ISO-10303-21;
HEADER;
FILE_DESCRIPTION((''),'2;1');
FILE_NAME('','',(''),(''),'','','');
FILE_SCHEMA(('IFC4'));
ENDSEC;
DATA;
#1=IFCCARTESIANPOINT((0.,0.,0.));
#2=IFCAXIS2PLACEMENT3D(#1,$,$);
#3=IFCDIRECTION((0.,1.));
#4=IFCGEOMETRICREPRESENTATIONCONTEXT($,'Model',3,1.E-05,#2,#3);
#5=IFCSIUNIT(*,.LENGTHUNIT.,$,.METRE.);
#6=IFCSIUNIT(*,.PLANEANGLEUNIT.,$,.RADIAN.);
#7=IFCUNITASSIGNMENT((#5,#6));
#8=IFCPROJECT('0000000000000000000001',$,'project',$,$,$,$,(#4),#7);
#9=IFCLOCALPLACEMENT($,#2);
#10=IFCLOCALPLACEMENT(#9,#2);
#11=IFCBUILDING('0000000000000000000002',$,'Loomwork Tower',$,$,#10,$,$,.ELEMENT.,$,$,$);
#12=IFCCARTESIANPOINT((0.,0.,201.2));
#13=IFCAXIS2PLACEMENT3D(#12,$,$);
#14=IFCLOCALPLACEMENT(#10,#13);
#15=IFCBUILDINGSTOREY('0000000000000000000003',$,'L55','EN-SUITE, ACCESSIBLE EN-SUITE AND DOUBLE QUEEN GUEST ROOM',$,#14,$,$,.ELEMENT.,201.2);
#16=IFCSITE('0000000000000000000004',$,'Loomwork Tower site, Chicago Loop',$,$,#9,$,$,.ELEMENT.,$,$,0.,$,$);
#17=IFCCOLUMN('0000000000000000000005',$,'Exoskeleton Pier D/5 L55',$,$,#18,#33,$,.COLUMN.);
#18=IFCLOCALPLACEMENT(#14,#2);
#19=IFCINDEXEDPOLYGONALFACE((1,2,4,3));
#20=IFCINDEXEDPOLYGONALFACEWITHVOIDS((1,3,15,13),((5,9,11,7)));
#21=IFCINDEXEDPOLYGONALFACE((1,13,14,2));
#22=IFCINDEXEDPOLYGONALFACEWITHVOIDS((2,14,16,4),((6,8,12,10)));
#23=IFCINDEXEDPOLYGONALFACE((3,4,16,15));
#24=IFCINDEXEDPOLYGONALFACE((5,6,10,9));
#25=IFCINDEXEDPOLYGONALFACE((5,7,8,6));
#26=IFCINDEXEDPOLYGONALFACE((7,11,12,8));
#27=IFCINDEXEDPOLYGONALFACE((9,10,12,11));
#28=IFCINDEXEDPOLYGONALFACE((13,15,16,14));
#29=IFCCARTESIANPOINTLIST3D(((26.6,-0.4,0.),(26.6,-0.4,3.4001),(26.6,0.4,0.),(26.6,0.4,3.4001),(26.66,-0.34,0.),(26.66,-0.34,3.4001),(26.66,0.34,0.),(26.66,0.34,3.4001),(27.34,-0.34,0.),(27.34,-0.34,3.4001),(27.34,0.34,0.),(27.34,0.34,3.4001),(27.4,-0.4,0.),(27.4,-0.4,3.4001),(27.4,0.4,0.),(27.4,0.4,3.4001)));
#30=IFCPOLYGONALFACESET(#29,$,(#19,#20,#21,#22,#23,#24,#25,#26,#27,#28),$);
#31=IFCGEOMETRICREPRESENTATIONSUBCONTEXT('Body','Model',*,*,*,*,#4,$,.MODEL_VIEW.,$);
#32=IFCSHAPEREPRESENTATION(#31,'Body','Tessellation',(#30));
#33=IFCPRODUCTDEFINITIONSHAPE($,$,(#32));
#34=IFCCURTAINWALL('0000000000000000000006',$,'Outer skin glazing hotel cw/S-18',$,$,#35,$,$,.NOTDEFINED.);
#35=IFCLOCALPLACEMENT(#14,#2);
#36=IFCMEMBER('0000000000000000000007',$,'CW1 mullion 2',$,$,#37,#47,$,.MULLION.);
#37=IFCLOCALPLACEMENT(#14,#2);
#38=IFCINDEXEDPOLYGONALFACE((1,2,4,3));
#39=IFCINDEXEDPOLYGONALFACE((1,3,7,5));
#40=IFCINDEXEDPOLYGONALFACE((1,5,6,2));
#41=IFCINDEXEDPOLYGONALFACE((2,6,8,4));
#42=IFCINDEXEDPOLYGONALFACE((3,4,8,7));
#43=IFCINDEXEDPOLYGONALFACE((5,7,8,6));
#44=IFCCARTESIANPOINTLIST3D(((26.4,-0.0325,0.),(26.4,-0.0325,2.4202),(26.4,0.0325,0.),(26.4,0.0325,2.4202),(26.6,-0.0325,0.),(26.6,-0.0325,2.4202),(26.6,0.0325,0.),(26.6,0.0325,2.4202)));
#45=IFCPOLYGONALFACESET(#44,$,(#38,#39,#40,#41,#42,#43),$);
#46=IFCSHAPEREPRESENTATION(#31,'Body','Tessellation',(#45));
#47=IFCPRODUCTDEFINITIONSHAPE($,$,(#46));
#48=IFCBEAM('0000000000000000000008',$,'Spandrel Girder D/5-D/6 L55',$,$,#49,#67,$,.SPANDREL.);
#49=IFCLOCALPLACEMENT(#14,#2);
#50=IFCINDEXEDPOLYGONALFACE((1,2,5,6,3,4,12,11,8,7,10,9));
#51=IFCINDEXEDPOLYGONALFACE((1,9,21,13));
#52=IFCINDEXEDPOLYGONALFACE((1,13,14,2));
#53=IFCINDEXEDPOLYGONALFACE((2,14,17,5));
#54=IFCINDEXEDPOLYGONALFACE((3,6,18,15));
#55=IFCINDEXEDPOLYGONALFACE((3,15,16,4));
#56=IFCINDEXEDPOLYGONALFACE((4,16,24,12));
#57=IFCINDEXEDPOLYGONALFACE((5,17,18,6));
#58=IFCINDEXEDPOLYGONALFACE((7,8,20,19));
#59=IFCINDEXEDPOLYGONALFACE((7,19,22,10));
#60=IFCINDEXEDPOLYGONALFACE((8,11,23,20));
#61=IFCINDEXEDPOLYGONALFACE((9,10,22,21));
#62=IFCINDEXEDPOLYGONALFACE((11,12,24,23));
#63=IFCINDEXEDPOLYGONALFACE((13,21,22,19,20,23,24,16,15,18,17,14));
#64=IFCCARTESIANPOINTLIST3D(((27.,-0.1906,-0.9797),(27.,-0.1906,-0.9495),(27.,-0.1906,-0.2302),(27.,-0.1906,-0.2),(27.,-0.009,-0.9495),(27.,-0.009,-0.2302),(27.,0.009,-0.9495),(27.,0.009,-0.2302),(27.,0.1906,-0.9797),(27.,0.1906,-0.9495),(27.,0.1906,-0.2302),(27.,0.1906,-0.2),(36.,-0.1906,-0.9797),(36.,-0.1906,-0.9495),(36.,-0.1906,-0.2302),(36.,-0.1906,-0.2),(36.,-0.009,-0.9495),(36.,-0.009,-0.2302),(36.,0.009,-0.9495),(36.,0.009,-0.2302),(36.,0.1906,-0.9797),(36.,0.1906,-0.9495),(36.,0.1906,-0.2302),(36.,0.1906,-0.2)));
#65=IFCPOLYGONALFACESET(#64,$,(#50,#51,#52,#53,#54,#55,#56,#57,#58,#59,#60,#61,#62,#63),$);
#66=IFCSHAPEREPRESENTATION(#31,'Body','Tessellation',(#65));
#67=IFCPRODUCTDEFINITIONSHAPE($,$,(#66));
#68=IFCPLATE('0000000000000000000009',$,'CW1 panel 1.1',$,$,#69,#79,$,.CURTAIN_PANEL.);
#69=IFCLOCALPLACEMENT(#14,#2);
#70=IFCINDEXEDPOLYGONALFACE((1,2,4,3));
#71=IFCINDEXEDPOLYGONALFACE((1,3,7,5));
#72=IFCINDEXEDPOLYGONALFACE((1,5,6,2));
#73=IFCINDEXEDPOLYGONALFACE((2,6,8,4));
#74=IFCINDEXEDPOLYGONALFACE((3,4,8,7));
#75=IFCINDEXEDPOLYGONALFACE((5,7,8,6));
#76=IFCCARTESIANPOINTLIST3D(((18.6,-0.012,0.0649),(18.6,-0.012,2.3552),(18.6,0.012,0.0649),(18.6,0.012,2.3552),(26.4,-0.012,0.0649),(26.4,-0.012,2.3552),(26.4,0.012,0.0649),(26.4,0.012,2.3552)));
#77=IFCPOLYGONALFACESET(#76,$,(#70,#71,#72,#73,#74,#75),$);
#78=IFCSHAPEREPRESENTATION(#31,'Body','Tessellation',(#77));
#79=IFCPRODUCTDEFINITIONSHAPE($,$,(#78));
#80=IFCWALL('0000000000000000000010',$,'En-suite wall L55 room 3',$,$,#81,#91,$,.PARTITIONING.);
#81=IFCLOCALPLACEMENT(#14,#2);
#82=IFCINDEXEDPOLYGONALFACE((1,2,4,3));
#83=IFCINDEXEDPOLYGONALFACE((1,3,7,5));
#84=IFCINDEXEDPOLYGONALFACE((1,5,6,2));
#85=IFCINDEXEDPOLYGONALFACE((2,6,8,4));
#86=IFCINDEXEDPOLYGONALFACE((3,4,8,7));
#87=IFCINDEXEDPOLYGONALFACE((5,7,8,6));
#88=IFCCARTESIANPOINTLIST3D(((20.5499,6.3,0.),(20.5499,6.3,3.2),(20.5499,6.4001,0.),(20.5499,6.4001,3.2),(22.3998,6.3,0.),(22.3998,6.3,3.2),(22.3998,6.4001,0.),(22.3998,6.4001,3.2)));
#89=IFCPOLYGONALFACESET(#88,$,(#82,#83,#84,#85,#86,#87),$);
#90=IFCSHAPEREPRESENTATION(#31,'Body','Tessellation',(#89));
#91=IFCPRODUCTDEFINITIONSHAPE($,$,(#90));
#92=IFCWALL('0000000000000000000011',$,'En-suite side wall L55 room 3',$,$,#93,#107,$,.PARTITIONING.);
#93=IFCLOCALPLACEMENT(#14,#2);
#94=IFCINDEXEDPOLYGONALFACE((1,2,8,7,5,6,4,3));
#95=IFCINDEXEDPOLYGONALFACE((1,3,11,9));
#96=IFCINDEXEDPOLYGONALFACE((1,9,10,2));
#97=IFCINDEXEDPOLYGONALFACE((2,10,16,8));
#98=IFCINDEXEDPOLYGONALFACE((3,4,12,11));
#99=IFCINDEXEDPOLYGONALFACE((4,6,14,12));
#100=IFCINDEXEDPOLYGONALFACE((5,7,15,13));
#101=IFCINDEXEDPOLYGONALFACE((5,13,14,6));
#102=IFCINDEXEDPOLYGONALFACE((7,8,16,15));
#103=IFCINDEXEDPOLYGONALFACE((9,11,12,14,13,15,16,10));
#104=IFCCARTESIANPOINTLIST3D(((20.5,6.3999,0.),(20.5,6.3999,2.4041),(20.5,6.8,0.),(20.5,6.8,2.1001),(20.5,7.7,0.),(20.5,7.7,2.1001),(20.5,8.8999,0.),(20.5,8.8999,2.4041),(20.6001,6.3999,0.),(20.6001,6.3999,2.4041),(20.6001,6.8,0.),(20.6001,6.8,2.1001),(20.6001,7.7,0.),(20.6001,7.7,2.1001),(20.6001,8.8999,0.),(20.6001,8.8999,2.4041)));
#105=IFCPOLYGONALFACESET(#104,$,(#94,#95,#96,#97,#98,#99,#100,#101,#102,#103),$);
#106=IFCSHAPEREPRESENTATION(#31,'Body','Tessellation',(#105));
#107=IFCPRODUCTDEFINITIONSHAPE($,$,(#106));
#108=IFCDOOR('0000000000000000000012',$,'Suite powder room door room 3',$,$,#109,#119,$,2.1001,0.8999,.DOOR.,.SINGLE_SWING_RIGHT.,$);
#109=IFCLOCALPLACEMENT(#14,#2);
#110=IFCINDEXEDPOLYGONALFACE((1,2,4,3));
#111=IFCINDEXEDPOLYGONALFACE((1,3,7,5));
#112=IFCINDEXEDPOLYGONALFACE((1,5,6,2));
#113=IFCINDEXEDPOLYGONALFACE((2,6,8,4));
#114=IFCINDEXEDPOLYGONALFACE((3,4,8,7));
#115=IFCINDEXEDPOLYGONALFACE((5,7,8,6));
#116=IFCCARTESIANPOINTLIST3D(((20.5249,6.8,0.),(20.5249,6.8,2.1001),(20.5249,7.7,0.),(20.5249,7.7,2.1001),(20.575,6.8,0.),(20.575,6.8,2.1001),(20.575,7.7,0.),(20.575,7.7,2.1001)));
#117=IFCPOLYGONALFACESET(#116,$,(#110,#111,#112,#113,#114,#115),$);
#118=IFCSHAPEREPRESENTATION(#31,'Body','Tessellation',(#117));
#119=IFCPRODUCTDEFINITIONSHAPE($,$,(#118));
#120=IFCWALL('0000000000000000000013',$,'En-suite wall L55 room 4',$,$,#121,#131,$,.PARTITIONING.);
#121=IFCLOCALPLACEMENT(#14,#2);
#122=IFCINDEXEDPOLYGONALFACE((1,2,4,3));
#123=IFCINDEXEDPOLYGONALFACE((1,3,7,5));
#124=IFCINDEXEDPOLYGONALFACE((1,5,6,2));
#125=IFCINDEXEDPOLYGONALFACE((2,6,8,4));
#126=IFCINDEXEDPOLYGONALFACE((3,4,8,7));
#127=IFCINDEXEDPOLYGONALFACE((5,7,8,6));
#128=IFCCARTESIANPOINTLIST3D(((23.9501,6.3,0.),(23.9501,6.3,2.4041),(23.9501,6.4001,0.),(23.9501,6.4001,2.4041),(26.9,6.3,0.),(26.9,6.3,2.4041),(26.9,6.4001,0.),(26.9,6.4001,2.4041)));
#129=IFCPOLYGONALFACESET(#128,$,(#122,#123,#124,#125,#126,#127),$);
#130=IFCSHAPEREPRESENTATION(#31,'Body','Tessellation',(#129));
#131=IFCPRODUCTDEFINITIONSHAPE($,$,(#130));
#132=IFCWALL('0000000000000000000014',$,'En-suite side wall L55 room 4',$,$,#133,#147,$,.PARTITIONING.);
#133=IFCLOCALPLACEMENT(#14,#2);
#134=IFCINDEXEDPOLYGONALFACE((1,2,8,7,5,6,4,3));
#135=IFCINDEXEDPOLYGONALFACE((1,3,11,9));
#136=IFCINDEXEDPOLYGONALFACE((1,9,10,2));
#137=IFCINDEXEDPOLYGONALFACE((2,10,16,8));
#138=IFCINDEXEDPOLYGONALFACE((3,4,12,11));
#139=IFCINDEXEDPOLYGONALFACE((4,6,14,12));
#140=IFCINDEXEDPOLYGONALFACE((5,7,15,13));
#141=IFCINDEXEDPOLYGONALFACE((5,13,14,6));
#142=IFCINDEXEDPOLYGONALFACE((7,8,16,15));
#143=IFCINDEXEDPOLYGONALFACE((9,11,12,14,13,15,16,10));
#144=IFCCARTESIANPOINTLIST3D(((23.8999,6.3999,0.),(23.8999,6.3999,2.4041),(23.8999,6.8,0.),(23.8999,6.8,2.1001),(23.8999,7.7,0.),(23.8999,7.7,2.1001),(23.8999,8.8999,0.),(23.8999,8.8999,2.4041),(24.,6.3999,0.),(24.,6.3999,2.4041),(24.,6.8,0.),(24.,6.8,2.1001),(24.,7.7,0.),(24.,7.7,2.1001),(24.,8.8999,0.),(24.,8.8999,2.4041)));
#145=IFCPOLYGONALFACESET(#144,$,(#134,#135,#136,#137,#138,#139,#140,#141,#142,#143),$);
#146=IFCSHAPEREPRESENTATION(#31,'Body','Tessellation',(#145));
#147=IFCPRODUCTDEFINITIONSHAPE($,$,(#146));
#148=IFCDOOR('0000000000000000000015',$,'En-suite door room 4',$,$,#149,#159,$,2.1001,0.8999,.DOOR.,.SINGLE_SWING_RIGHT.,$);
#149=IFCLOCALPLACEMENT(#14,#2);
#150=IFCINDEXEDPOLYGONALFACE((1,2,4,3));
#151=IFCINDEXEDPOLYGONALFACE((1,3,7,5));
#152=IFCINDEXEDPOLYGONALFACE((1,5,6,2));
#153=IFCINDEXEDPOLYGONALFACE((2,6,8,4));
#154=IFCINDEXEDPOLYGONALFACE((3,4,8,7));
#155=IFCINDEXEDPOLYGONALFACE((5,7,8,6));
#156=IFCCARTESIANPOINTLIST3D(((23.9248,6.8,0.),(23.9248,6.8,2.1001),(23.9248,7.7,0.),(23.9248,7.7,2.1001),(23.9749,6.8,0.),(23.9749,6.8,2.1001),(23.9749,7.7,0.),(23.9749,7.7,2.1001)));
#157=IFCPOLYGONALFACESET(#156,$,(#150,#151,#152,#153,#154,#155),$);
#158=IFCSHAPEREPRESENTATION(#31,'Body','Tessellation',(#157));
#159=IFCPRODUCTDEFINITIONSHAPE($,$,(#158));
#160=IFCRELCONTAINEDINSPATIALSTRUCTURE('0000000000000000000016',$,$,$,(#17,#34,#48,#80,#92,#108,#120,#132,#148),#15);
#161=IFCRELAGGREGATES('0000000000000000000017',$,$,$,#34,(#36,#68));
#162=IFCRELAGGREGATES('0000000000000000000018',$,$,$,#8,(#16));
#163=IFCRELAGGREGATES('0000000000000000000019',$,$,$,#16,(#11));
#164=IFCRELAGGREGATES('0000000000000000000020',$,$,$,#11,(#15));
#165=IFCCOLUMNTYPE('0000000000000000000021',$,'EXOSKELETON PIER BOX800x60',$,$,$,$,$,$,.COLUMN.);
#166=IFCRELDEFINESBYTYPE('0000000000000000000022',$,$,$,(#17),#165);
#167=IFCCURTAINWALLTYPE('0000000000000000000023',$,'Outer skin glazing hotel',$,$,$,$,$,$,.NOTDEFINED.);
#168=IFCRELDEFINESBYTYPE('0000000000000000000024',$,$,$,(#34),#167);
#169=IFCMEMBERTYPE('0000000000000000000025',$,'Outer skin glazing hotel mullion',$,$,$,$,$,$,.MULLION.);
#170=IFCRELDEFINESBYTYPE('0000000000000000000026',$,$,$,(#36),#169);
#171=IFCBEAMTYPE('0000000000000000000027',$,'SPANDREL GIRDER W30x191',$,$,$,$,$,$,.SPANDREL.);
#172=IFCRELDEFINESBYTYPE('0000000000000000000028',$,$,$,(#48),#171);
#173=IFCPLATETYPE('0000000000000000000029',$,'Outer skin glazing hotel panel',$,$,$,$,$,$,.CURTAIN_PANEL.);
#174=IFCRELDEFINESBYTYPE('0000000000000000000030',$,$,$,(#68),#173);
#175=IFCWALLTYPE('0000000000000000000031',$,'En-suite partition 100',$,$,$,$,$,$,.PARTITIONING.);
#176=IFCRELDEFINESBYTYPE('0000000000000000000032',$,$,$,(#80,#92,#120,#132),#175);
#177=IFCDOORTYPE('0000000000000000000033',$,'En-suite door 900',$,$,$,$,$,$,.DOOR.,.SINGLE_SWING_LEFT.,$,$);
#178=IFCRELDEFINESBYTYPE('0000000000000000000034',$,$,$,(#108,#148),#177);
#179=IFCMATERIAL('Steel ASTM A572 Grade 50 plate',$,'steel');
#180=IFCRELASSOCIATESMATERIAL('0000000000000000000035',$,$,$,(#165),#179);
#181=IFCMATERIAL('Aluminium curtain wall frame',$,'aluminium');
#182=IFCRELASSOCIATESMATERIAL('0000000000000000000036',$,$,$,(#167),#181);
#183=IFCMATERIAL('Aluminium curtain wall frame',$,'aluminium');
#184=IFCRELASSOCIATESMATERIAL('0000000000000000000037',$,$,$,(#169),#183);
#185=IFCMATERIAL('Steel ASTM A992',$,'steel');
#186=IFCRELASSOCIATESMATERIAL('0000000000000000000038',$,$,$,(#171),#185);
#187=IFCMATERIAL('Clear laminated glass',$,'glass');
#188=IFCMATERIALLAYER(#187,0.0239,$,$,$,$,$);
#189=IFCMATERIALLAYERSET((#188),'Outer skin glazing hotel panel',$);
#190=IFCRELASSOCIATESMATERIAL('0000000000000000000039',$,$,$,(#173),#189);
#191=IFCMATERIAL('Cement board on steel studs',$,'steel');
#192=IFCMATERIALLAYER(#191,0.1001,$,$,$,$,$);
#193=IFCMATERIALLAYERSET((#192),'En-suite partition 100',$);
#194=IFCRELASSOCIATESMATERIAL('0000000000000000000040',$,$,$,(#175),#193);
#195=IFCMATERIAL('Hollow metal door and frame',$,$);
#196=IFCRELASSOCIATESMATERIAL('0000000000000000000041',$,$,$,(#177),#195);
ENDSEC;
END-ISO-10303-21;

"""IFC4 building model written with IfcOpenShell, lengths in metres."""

from ifc_helpers import new_model, si_unit, direction, frame, frame_2d, origin, origin_2d, place, context, subcontext, project, spatial, rectangle, hollow_rectangle, i_section, extrude, material, layer, layer_set, material_profile, profile_set, type_object, element, fill, aggregate, save


model = new_model("IFC4")

# Units and contexts
model_context = context("Model", 3, precision=1e-05, world=origin(), true_north=direction((0.0, 1.0)))
body_context = subcontext(model_context, "Body", "Model", "MODEL_VIEW")
ifc_project = project(units=[si_unit("LENGTHUNIT", "METRE"), si_unit("PLANEANGLEUNIT", "RADIAN")], contexts=[model_context])

# Site, building, storey
site_placement = place(None, origin())
site = spatial("IfcSite", under=ifc_project, at=site_placement, Name="Loomwork Tower site, Chicago Loop", CompositionType="ELEMENT", RefElevation=0.0)
building_placement = place(site_placement, origin())
building = spatial("IfcBuilding", under=site, at=building_placement, Name="Loomwork Tower", CompositionType="ELEMENT")
storey_placement = place(building_placement, frame((0.0, 0.0, 201.2)))
storey = spatial("IfcBuildingStorey", under=building, at=storey_placement, Name="L55", Description="EN-SUITE, ACCESSIBLE EN-SUITE AND DOUBLE QUEEN GUEST ROOM", CompositionType="ELEMENT", Elevation=201.2)

# Column
ifc_material_1 = material(Name="Steel ASTM A572 Grade 50 plate", Category="steel")
ifc_material_profile_1 = material_profile(ifc_material_1, hollow_rectangle(XDim=0.8, YDim=0.8, WallThickness=0.0601, at=origin_2d()), Name="BOX800x60")
ifc_profile_set_1 = profile_set([ifc_material_profile_1], Name="Steel ASTM A572 Grade 50 plate")
column_type = type_object("IfcColumnType", Name="EXOSKELETON PIER BOX800x60", PredefinedType="COLUMN", material=ifc_profile_set_1)
column_placement = place(storey_placement, frame((27.0, 0.0, 0.0), z_axis=(0.0, 0.0, 1.0), x_axis=(1.0, 0.0, 0.0)))
element("IfcColumn", 1, at=column_placement, inside=storey, type_object=column_type, Name="Exoskeleton Pier D/5 L55", PredefinedType="COLUMN", context=body_context, shape_type="SweptSolid", body=[
    extrude(hollow_rectangle(XDim=0.8, YDim=0.8, WallThickness=0.0601, at=origin_2d()), origin(), (0.0, 0.0, 1.0), 3.4001),
])

# Curtain wall, member
ifc_material_2 = material(Name="Aluminium curtain wall frame", Category="aluminium")
curtain_wall_type = type_object("IfcCurtainWallType", Name="Outer skin glazing hotel", PredefinedType="NOTDEFINED", material=ifc_material_2)
curtain_wall_placement = place(storey_placement, origin())
curtain_wall = element("IfcCurtainWall", 2, at=curtain_wall_placement, inside=storey, type_object=curtain_wall_type, Name="Outer skin glazing hotel cw/S-18", PredefinedType="NOTDEFINED")
ifc_material_3 = material(Name="Aluminium curtain wall frame", Category="aluminium")
ifc_material_profile_2 = material_profile(ifc_material_3, rectangle(XDim=0.0649, YDim=0.2, at=origin_2d()), Name="AL 65x200")
ifc_profile_set_2 = profile_set([ifc_material_profile_2], Name="Aluminium curtain wall frame")
member_type = type_object("IfcMemberType", Name="Outer skin glazing hotel mullion", PredefinedType="MULLION", material=ifc_profile_set_2)
member_placement = place(storey_placement, frame((26.5, 0.0, 0.0), z_axis=(0.0, 0.0, 1.0), x_axis=(0.0, 1.0, 0.0)))
member = element("IfcMember", 3, at=member_placement, type_object=member_type, Name="CW1 mullion 2", PredefinedType="MULLION", context=body_context, shape_type="SweptSolid", body=[
    extrude(rectangle(XDim=0.0649, YDim=0.2, at=origin_2d()), origin(), (0.0, 0.0, 1.0), 2.4202),
])

# Beam
ifc_material_4 = material(Name="Steel ASTM A992", Category="steel")
ifc_material_profile_3 = material_profile(ifc_material_4, i_section(OverallWidth=0.3811, OverallDepth=0.7798, WebThickness=0.0181, FlangeThickness=0.0303, at=origin_2d()), Name="W30x191")
ifc_profile_set_3 = profile_set([ifc_material_profile_3], Name="Steel ASTM A992")
beam_type = type_object("IfcBeamType", Name="SPANDREL GIRDER W30x191", PredefinedType="SPANDREL", material=ifc_profile_set_3)
beam_placement = place(storey_placement, frame((27.0, 0.0, -0.5898), z_axis=(1.0, 0.0, 0.0), x_axis=(0.0, 1.0, 0.0)))
element("IfcBeam", 4, at=beam_placement, inside=storey, type_object=beam_type, Name="Spandrel Girder D/5-D/6 L55", PredefinedType="SPANDREL", context=body_context, shape_type="SweptSolid", body=[
    extrude(i_section(OverallWidth=0.3811, OverallDepth=0.7798, WebThickness=0.0181, FlangeThickness=0.0303, at=origin_2d()), origin(), (0.0, 0.0, 1.0), 9.0),
])

# Plate
ifc_material_5 = material(Name="Clear laminated glass", Category="glass")
ifc_layer_1 = layer(ifc_material_5, 0.0239)
ifc_layer_set_1 = layer_set([ifc_layer_1], Name="Outer skin glazing hotel panel")
plate_type = type_object("IfcPlateType", Name="Outer skin glazing hotel panel", PredefinedType="CURTAIN_PANEL", material=ifc_layer_set_1)
plate_placement = place(storey_placement, frame((22.5, 0.0, 0.0649), z_axis=(0.0, 0.0, 1.0), x_axis=(1.0, 0.0, 0.0)))
plate = element("IfcPlate", 5, at=plate_placement, type_object=plate_type, Name="CW1 panel 1.1", PredefinedType="CURTAIN_PANEL", context=body_context, shape_type="SweptSolid", body=[
    extrude(rectangle(XDim=7.8, YDim=0.0239, at=origin_2d()), origin(), (0.0, 0.0, 1.0), 2.2903),
])
aggregate(curtain_wall, [member, plate])

# Wall
ifc_material_6 = material(Name="Cement board on steel studs", Category="steel")
ifc_layer_2 = layer(ifc_material_6, 0.1001)
ifc_layer_set_2 = layer_set([ifc_layer_2], Name="En-suite partition 100")
wall_type_1 = type_object("IfcWallType", Name="En-suite partition 100", PredefinedType="PARTITIONING", material=ifc_layer_set_2)
wall_1_placement = place(storey_placement, frame((20.55, 6.3501, 0.0), z_axis=(0.0, 0.0, 1.0), x_axis=(1.0, 0.0, 0.0)))
element("IfcWall", 6, at=wall_1_placement, inside=storey, type_object=wall_type_1, Name="En-suite wall L55 room 3", PredefinedType="PARTITIONING", context=body_context, shape_type="SweptSolid", body=[
    extrude(rectangle(XDim=1.8499, YDim=0.1001, at=frame_2d((0.9248, 0.0))), origin(), (0.0, 0.0, 1.0), 3.2),
])

# Wall, opening, door
wall_2_placement = place(storey_placement, frame((20.55, 8.8999, 0.0), z_axis=(0.0, 0.0, 1.0), x_axis=(0.0, -1.0, 0.0)))
wall_2 = element("IfcWall", 7, at=wall_2_placement, inside=storey, type_object=wall_type_1, Name="En-suite side wall L55 room 3", PredefinedType="PARTITIONING", context=body_context, shape_type="SweptSolid", body=[
    extrude(rectangle(XDim=2.5, YDim=0.1001, at=frame_2d((1.25, 0.0))), origin(), (0.0, 0.0, 1.0), 2.4041),
])
opening_1_placement = place(wall_2_placement, frame((1.2, 0.0, 0.0)))
opening_1 = element("IfcOpeningElement", 8, at=opening_1_placement, cuts=wall_2, PredefinedType="OPENING", context=body_context, shape_type="SweptSolid", body=[
    extrude(rectangle(XDim=0.8999, YDim=2.1001, at=frame_2d((0.45, 1.05))), frame((0.0, 0.0601, 0.0), z_axis=(0.0, -1.0, 0.0), x_axis=(1.0, 0.0, 0.0)), (0.0, 0.0, 1.0), 0.1201),
])
ifc_material_7 = material(Name="Hollow metal door and frame")
door_type_1 = type_object("IfcDoorType", Name="En-suite door 900", OperationType="SINGLE_SWING_LEFT", PredefinedType="DOOR", material=ifc_material_7)
door_1_placement = place(opening_1_placement, origin())
door_1 = element("IfcDoor", 9, at=door_1_placement, inside=storey, type_object=door_type_1, Name="Suite powder room door room 3", OperationType="SINGLE_SWING_RIGHT", OverallHeight=2.1001, OverallWidth=0.8999, PredefinedType="DOOR", context=body_context, shape_type="SweptSolid", body=[
    extrude(rectangle(XDim=0.8999, YDim=2.1001, at=frame_2d((0.45, 1.05))), frame((0.0, 0.0249, 0.0), z_axis=(0.0, -1.0, 0.0), x_axis=(1.0, 0.0, 0.0)), (0.0, 0.0, 1.0), 0.05),
])
fill(opening_1, door_1)

# Wall
wall_3_placement = place(storey_placement, frame((23.95, 6.3501, 0.0), z_axis=(0.0, 0.0, 1.0), x_axis=(1.0, 0.0, 0.0)))
element("IfcWall", 10, at=wall_3_placement, inside=storey, type_object=wall_type_1, Name="En-suite wall L55 room 4", PredefinedType="PARTITIONING", context=body_context, shape_type="SweptSolid", body=[
    extrude(rectangle(XDim=2.95, YDim=0.1001, at=frame_2d((1.4751, 0.0))), origin(), (0.0, 0.0, 1.0), 2.4041),
])

# Wall, opening, door
wall_4_placement = place(storey_placement, frame((23.95, 8.8999, 0.0), z_axis=(0.0, 0.0, 1.0), x_axis=(0.0, -1.0, 0.0)))
wall_4 = element("IfcWall", 11, at=wall_4_placement, inside=storey, type_object=wall_type_1, Name="En-suite side wall L55 room 4", PredefinedType="PARTITIONING", context=body_context, shape_type="SweptSolid", body=[
    extrude(rectangle(XDim=2.5, YDim=0.1001, at=frame_2d((1.25, 0.0))), origin(), (0.0, 0.0, 1.0), 2.4041),
])
opening_2_placement = place(wall_4_placement, frame((1.2, 0.0, 0.0)))
opening_2 = element("IfcOpeningElement", 12, at=opening_2_placement, cuts=wall_4, PredefinedType="OPENING", context=body_context, shape_type="SweptSolid", body=[
    extrude(rectangle(XDim=0.8999, YDim=2.1001, at=frame_2d((0.45, 1.05))), frame((0.0, 0.0601, 0.0), z_axis=(0.0, -1.0, 0.0), x_axis=(1.0, 0.0, 0.0)), (0.0, 0.0, 1.0), 0.1201),
])
door_2_placement = place(opening_2_placement, origin())
door_2 = element("IfcDoor", 13, at=door_2_placement, inside=storey, type_object=door_type_1, Name="En-suite door room 4", OperationType="SINGLE_SWING_RIGHT", OverallHeight=2.1001, OverallWidth=0.8999, PredefinedType="DOOR", context=body_context, shape_type="SweptSolid", body=[
    extrude(rectangle(XDim=0.8999, YDim=2.1001, at=frame_2d((0.45, 1.05))), frame((0.0, 0.0249, 0.0), z_axis=(0.0, -1.0, 0.0), x_axis=(1.0, 0.0, 0.0)), (0.0, 0.0, 1.0), 0.05),
])
fill(opening_2, door_2)

save(model, "model.ifc")
